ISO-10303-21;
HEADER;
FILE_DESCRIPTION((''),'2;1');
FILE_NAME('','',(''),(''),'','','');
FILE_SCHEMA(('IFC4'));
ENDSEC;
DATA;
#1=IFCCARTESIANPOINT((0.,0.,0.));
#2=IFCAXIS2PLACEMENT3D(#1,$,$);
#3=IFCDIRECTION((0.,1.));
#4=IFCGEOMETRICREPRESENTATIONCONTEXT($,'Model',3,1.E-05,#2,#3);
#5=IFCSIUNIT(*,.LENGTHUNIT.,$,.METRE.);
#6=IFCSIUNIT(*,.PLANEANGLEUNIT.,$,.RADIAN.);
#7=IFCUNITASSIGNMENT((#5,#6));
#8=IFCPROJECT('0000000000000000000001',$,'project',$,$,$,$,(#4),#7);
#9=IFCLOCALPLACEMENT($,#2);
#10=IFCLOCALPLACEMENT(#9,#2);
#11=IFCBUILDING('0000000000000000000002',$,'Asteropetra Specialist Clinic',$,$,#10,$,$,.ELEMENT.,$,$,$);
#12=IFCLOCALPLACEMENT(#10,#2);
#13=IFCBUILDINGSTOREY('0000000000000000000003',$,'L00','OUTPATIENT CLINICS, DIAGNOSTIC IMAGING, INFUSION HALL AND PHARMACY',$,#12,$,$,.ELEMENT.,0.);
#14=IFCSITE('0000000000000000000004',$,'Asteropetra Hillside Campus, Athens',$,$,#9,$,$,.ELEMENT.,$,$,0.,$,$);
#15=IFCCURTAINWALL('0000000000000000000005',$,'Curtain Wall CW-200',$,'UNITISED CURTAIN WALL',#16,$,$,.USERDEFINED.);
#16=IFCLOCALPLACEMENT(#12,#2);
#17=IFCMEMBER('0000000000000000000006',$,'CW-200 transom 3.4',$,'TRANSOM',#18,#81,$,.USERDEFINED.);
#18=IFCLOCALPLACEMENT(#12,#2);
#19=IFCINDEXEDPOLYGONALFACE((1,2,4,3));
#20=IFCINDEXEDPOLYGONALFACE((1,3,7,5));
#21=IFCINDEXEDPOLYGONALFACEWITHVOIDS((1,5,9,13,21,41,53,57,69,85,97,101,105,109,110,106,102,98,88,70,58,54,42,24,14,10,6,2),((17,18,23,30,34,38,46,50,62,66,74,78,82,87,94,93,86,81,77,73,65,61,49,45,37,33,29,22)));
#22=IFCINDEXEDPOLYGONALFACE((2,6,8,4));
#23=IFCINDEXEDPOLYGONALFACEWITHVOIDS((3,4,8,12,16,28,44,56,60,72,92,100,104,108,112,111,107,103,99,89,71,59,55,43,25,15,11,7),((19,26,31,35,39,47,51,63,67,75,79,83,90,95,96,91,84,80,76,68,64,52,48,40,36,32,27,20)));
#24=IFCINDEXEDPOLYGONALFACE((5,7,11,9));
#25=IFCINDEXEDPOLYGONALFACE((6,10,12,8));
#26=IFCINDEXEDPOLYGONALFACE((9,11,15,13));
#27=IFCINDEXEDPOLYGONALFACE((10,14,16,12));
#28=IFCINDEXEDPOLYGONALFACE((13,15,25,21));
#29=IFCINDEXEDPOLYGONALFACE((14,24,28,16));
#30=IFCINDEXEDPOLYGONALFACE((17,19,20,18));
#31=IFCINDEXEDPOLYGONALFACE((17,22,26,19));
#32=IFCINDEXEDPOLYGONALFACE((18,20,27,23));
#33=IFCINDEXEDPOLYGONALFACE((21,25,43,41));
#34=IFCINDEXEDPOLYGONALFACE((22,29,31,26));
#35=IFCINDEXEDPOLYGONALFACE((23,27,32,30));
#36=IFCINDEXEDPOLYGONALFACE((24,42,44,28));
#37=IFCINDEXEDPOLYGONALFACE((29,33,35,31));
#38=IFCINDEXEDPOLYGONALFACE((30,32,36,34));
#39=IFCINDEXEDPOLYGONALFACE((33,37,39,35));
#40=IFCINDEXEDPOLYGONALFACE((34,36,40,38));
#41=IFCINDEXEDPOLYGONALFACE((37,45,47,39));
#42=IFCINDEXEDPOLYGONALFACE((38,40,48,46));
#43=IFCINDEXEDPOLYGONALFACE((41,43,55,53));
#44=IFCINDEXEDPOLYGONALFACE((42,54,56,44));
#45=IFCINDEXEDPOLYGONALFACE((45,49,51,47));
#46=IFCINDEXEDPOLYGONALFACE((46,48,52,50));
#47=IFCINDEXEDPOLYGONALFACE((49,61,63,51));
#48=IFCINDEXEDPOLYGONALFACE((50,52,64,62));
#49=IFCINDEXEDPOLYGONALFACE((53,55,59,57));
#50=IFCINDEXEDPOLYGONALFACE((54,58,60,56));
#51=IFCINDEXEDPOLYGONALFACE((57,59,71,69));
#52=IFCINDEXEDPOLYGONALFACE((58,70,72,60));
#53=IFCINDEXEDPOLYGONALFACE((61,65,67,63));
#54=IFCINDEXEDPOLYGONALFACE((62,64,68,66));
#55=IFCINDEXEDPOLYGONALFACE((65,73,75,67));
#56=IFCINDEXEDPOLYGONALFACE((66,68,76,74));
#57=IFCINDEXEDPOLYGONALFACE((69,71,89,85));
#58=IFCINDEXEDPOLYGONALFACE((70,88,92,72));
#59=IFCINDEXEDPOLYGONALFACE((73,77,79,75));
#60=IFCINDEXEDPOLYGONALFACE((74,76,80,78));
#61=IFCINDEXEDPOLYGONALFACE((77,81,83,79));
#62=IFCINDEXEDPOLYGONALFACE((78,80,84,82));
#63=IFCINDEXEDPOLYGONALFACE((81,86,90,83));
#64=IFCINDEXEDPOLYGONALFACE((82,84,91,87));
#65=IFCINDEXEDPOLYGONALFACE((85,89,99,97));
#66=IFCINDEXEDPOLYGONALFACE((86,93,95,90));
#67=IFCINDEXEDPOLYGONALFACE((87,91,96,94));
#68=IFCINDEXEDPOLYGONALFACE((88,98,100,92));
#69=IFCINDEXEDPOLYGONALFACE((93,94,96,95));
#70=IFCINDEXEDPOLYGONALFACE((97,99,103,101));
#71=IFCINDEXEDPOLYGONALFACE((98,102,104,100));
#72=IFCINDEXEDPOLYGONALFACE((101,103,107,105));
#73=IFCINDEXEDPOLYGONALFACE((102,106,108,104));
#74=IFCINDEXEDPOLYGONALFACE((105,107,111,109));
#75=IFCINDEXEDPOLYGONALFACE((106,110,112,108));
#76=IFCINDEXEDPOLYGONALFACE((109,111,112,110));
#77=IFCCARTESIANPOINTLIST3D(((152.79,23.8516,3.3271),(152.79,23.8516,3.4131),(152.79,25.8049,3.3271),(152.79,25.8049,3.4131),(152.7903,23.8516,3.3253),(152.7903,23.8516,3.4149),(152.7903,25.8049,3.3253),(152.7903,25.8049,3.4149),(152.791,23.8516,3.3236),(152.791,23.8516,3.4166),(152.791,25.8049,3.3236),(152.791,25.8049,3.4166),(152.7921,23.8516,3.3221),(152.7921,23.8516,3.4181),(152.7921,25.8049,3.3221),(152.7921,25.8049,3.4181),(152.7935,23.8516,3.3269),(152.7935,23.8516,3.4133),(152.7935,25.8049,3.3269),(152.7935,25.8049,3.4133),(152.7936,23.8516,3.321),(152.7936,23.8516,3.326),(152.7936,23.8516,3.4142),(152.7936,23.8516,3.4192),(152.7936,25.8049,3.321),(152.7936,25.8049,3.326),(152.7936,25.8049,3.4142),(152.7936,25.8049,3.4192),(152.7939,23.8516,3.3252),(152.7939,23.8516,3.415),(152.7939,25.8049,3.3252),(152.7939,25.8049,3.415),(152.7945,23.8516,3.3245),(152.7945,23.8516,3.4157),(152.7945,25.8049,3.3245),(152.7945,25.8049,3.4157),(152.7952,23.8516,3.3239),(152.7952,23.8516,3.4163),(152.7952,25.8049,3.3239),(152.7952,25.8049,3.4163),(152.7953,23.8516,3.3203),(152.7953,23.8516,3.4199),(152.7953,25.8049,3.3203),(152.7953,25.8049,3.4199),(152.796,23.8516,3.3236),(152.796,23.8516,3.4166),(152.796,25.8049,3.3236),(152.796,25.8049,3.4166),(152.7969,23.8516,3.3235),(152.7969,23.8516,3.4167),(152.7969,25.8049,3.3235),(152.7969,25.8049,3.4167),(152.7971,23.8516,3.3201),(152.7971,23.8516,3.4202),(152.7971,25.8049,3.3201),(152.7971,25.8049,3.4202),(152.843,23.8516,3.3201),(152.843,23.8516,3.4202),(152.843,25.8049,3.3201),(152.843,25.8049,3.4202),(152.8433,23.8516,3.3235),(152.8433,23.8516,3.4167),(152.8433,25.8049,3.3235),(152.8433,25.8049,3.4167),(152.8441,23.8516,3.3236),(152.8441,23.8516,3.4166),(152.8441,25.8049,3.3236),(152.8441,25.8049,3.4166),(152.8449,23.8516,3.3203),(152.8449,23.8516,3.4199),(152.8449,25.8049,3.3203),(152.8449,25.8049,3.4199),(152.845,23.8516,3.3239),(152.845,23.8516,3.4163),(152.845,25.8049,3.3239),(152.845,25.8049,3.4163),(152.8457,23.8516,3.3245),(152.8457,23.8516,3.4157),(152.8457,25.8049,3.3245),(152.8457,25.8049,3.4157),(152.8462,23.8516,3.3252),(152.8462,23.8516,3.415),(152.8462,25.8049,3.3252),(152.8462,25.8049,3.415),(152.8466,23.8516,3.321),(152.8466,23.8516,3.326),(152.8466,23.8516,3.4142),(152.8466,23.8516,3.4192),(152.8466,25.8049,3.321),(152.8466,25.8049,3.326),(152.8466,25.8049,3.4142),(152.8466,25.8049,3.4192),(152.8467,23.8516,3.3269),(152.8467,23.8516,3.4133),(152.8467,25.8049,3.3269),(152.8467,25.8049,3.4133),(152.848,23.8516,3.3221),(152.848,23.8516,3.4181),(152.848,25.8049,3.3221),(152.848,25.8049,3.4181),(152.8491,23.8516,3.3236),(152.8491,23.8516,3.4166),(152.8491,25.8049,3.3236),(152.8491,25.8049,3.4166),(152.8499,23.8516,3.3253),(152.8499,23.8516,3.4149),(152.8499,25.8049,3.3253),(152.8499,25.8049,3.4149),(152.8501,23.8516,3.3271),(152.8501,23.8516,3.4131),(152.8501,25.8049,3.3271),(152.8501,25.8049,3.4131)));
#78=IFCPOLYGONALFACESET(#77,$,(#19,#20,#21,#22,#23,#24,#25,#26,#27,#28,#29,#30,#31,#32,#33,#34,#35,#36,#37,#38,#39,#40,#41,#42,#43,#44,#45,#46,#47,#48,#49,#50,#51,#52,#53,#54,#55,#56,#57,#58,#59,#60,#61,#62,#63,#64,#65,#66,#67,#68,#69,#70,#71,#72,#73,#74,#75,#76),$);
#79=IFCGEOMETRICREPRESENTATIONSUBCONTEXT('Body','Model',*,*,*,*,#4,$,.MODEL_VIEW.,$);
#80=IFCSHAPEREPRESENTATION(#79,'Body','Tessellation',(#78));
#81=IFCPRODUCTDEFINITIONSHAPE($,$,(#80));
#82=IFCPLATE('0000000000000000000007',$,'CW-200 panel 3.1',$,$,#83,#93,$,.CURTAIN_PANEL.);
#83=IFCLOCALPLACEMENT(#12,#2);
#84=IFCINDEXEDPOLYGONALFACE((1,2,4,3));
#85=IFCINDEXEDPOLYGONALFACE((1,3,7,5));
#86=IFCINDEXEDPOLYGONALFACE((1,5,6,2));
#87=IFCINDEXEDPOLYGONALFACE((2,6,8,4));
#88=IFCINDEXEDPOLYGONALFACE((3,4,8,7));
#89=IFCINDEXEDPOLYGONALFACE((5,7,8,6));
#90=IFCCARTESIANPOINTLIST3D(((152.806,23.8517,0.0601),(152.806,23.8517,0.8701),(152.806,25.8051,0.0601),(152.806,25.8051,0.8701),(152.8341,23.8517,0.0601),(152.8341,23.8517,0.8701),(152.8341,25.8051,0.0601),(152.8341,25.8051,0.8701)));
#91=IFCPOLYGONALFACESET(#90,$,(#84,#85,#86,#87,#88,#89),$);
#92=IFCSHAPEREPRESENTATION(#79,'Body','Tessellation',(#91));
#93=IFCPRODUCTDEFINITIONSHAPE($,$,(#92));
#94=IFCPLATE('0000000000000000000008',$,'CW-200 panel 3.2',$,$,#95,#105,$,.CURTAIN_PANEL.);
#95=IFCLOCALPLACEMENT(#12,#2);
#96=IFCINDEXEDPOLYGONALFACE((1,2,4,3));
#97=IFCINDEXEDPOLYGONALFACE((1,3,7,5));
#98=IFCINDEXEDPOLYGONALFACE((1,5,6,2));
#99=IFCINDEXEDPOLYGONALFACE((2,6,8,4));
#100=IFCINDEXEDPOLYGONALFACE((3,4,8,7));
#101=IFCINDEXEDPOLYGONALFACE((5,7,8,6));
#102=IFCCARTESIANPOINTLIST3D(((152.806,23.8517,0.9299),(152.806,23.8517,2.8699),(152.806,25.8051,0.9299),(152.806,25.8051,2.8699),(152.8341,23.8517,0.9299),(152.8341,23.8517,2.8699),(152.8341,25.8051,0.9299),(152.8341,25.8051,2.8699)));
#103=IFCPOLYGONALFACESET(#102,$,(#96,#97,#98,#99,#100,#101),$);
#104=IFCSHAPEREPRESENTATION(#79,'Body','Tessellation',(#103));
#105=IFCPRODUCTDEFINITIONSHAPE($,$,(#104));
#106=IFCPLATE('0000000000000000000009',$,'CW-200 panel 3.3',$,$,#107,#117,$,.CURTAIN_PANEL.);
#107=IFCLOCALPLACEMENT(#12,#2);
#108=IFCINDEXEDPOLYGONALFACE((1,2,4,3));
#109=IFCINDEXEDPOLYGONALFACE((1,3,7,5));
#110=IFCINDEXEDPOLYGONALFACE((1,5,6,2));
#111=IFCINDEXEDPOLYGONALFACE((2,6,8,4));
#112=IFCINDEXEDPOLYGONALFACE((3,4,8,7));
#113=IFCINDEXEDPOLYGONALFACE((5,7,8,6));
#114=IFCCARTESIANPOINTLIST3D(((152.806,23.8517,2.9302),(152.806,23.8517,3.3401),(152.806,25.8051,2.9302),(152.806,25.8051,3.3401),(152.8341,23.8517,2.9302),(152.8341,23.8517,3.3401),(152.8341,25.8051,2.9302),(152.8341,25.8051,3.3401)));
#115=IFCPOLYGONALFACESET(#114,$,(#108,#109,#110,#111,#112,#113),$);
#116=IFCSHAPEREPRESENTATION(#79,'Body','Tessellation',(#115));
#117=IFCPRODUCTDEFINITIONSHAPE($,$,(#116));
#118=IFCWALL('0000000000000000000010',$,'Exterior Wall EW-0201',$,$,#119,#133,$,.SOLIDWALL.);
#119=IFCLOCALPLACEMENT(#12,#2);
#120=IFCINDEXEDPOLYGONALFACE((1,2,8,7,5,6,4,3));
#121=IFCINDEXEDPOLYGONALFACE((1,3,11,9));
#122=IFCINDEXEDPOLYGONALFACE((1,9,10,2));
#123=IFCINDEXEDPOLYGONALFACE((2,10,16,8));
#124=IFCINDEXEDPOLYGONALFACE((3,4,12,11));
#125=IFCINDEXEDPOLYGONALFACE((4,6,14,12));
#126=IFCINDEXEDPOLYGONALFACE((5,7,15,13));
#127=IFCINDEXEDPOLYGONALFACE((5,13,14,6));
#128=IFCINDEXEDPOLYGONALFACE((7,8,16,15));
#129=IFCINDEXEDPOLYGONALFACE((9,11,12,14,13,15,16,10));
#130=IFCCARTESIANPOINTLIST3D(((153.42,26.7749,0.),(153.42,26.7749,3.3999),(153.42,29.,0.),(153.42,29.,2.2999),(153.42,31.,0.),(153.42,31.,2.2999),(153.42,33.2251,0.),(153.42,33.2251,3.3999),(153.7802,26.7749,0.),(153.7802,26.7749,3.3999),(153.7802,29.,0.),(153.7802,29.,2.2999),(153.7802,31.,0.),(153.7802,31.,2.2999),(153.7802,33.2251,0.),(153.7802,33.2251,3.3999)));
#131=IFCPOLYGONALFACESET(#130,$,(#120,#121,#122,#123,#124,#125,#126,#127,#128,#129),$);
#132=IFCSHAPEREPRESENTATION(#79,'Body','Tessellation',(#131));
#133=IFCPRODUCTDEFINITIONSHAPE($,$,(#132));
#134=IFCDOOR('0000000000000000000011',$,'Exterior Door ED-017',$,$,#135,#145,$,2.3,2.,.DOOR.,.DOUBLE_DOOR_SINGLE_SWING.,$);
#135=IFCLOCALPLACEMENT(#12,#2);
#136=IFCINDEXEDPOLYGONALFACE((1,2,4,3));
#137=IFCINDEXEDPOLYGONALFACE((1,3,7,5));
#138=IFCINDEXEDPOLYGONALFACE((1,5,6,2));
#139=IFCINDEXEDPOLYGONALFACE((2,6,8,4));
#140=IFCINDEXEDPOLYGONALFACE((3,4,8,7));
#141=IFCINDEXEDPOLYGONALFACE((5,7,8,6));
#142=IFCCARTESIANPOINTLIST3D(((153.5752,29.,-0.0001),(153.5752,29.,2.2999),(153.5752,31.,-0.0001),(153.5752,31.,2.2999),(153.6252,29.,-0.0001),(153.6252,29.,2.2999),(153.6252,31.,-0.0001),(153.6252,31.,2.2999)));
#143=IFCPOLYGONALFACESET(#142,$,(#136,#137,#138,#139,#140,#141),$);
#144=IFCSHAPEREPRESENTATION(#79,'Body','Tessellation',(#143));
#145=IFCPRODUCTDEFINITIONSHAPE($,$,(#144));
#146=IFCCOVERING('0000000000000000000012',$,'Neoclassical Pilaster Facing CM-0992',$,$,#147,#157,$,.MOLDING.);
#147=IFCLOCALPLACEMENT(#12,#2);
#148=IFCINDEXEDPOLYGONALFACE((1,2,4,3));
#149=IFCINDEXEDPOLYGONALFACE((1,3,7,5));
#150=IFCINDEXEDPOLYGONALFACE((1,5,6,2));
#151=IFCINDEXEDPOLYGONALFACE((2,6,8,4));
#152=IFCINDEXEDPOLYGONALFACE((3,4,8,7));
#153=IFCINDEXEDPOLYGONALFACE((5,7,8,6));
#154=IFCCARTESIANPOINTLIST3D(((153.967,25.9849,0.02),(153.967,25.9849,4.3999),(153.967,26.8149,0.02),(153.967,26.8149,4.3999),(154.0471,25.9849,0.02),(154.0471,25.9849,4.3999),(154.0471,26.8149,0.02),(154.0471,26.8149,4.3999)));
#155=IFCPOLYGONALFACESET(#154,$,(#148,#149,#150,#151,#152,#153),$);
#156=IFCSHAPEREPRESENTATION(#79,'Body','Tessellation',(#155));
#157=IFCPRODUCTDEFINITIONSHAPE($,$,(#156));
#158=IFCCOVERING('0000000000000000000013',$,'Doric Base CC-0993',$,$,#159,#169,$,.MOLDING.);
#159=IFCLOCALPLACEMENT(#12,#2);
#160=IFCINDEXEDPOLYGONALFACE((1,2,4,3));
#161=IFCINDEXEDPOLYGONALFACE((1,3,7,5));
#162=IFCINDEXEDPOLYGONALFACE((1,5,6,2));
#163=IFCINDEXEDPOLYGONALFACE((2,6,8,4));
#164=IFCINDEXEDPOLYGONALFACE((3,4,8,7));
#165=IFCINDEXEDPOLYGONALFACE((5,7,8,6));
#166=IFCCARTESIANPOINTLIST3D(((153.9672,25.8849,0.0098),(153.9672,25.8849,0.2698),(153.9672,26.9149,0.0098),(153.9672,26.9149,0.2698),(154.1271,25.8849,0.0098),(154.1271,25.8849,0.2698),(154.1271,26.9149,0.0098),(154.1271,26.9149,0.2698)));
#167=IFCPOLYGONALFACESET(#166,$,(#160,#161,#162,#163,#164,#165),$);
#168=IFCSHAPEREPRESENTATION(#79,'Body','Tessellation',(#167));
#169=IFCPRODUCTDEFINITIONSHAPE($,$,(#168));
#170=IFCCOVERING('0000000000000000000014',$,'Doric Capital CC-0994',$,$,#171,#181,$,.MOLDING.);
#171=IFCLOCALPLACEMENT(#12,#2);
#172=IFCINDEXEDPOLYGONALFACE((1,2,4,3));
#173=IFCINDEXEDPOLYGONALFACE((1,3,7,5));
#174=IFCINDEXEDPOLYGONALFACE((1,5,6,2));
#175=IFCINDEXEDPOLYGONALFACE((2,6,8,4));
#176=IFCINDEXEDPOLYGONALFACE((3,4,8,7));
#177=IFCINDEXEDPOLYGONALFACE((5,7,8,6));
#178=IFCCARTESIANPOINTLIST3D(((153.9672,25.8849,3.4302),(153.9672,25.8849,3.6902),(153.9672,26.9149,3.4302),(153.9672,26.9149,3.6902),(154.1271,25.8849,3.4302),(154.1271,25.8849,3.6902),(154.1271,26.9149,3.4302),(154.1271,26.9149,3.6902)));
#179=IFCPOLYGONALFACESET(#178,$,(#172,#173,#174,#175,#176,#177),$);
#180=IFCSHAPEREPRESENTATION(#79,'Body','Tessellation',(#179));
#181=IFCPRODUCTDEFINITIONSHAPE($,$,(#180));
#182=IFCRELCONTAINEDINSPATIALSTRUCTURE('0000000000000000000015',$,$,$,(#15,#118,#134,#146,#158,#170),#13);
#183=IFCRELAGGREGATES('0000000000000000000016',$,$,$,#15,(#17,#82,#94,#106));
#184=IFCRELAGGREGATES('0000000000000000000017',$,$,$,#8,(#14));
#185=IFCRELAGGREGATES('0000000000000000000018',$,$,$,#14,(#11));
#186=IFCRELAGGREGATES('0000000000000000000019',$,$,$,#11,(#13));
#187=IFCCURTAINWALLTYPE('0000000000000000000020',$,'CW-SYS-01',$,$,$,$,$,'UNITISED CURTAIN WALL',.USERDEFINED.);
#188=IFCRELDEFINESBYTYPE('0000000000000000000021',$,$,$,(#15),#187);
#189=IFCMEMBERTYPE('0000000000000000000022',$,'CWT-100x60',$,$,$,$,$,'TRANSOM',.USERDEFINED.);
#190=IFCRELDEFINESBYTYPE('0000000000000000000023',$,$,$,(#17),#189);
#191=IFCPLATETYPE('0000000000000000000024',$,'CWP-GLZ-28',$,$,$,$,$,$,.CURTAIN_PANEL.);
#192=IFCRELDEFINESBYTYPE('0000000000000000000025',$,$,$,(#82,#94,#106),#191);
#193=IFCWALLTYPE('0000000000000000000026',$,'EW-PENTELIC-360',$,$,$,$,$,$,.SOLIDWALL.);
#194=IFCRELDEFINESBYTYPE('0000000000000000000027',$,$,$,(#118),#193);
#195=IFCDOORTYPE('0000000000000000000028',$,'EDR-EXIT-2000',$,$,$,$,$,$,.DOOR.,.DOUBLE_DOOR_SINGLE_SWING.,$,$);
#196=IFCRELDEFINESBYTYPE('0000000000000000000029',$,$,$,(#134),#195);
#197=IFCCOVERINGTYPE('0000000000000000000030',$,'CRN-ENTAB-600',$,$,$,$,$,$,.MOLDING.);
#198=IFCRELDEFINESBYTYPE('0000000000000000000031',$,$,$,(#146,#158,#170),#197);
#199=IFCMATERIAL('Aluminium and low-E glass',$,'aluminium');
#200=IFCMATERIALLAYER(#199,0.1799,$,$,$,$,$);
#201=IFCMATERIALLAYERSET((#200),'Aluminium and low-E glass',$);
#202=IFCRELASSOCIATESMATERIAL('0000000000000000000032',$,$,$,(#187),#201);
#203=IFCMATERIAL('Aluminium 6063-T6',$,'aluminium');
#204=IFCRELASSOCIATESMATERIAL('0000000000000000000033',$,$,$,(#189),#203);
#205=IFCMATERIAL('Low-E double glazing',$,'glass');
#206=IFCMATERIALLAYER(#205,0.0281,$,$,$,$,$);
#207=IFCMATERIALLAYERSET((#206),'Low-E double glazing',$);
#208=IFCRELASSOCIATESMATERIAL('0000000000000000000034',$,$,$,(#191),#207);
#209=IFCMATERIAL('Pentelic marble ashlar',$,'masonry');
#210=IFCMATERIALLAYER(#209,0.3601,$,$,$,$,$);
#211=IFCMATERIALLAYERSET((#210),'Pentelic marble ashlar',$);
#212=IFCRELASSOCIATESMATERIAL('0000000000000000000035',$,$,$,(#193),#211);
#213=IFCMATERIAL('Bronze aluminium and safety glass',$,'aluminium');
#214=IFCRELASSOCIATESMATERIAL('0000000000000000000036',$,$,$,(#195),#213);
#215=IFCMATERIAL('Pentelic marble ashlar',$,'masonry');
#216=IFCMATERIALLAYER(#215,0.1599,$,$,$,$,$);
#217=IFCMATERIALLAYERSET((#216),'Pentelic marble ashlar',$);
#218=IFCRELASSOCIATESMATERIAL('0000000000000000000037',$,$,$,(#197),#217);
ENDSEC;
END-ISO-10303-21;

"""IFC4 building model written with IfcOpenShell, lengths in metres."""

from ifc_helpers import new_model, si_unit, direction, frame, frame_2d, origin, origin_2d, place, context, subcontext, project, spatial, rectangle, hollow_rectangle, extrude, material, layer, layer_set, material_profile, profile_set, type_object, element, fill, aggregate, save


model = new_model("IFC4")

# Units and contexts
model_context = context("Model", 3, precision=1e-05, world=origin(), true_north=direction((0.0, 1.0)))
body_context = subcontext(model_context, "Body", "Model", "MODEL_VIEW")
ifc_project = project(units=[si_unit("LENGTHUNIT", "METRE"), si_unit("PLANEANGLEUNIT", "RADIAN")], contexts=[model_context])

# Site, building, storey
site_placement = place(None, origin())
site = spatial("IfcSite", under=ifc_project, at=site_placement, Name="Asteropetra Hillside Campus, Athens", CompositionType="ELEMENT", RefElevation=0.0)
building_placement = place(site_placement, origin())
building = spatial("IfcBuilding", under=site, at=building_placement, Name="Asteropetra Specialist Clinic", CompositionType="ELEMENT")
storey_placement = place(building_placement, origin())
storey = spatial("IfcBuildingStorey", under=building, at=storey_placement, Name="L00", Description="OUTPATIENT CLINICS, DIAGNOSTIC IMAGING, INFUSION HALL AND PHARMACY", CompositionType="ELEMENT", Elevation=0.0)

# Curtain wall, member, plates
ifc_material_1 = material(Name="Aluminium and low-E glass", Category="aluminium")
ifc_layer_1 = layer(ifc_material_1, 0.1799)
ifc_layer_set_1 = layer_set([ifc_layer_1], Name="Aluminium and low-E glass")
curtain_wall_type = type_object("IfcCurtainWallType", Name="CW-SYS-01", ElementType="UNITISED CURTAIN WALL", PredefinedType="USERDEFINED", material=ifc_layer_set_1)
curtain_wall_placement = place(storey_placement, origin())
curtain_wall = element("IfcCurtainWall", 1, at=curtain_wall_placement, inside=storey, type_object=curtain_wall_type, Name="Curtain Wall CW-200", ObjectType="UNITISED CURTAIN WALL", PredefinedType="USERDEFINED")
ifc_material_2 = material(Name="Aluminium 6063-T6", Category="aluminium")
ifc_material_profile_1 = material_profile(ifc_material_2, hollow_rectangle(XDim=0.0601, YDim=0.1001, WallThickness=0.0034, InnerFilletRadius=0.0034, OuterFilletRadius=0.0071, at=origin_2d()), Name="TRN 100x60x3.5")
ifc_profile_set_1 = profile_set([ifc_material_profile_1], Name="Aluminium 6063-T6")
member_type_1 = type_object("IfcMemberType", Name="CWT-100x60", ElementType="TRANSOM", PredefinedType="USERDEFINED", material=ifc_profile_set_1)
member_1_placement = place(storey_placement, frame((152.8201, 23.8516, 3.3701), z_axis=(0.0, 1.0, 0.0), x_axis=(-1.0, 0.0, 0.0)))
member_1 = element("IfcMember", 2, at=member_1_placement, type_object=member_type_1, Name="CW-200 transom 3.4", ObjectType="TRANSOM", PredefinedType="USERDEFINED", context=body_context, shape_type="SweptSolid", body=[
    extrude(hollow_rectangle(XDim=0.0601, YDim=0.1001, WallThickness=0.0034, InnerFilletRadius=0.0034, OuterFilletRadius=0.0071, at=origin_2d()), origin(), (0.0, 0.0, 1.0), 1.9534),
])
ifc_material_3 = material(Name="Low-E double glazing", Category="glass")
ifc_layer_2 = layer(ifc_material_3, 0.0281)
ifc_layer_set_2 = layer_set([ifc_layer_2], Name="Low-E double glazing")
plate_type = type_object("IfcPlateType", Name="CWP-GLZ-28", PredefinedType="CURTAIN_PANEL", material=ifc_layer_set_2)
plate_1_placement = place(storey_placement, frame((152.8201, 24.8284, 0.0601), z_axis=(0.0, 0.0, 1.0), x_axis=(0.0, 1.0, 0.0)))
plate_1 = element("IfcPlate", 3, at=plate_1_placement, type_object=plate_type, Name="CW-200 panel 3.1", PredefinedType="CURTAIN_PANEL", context=body_context, shape_type="SweptSolid", body=[
    extrude(rectangle(XDim=1.9534, YDim=0.0281, at=origin_2d()), origin(), (0.0, 0.0, 1.0), 0.8101),
])
plate_2_placement = place(storey_placement, frame((152.8201, 24.8284, 0.9299), z_axis=(0.0, 0.0, 1.0), x_axis=(0.0, 1.0, 0.0)))
plate_2 = element("IfcPlate", 4, at=plate_2_placement, type_object=plate_type, Name="CW-200 panel 3.2", PredefinedType="CURTAIN_PANEL", context=body_context, shape_type="SweptSolid", body=[
    extrude(rectangle(XDim=1.9534, YDim=0.0281, at=origin_2d()), origin(), (0.0, 0.0, 1.0), 1.9399),
])
plate_3_placement = place(storey_placement, frame((152.8201, 24.8284, 2.9302), z_axis=(0.0, 0.0, 1.0), x_axis=(0.0, 1.0, 0.0)))
plate_3 = element("IfcPlate", 5, at=plate_3_placement, type_object=plate_type, Name="CW-200 panel 3.3", PredefinedType="CURTAIN_PANEL", context=body_context, shape_type="SweptSolid", body=[
    extrude(rectangle(XDim=1.9534, YDim=0.0281, at=origin_2d()), origin(), (0.0, 0.0, 1.0), 0.4099),
])
aggregate(curtain_wall, [member_1, plate_1, plate_2, plate_3])

# Wall, opening, door
ifc_material_4 = material(Name="Pentelic marble ashlar", Category="masonry")
ifc_layer_3 = layer(ifc_material_4, 0.3601)
ifc_layer_set_3 = layer_set([ifc_layer_3], Name="Pentelic marble ashlar")
wall_type = type_object("IfcWallType", Name="EW-PENTELIC-360", PredefinedType="SOLIDWALL", material=ifc_layer_set_3)
wall_placement = place(storey_placement, frame((153.6001, 26.7749, 0.0), z_axis=(0.0, 0.0, 1.0), x_axis=(0.0, 1.0, 0.0)))
wall = element("IfcWall", 6, at=wall_placement, inside=storey, type_object=wall_type, Name="Exterior Wall EW-0201", PredefinedType="SOLIDWALL", context=body_context, shape_type="SweptSolid", body=[
    extrude(rectangle(XDim=6.4502, YDim=0.3601, at=frame_2d((3.2251, 0.0))), origin(), (0.0, 0.0, 1.0), 3.3999),
])
opening_placement = place(wall_placement, frame((2.2251, 0.0, 0.0)))
opening = element("IfcOpeningElement", 7, at=opening_placement, cuts=wall, PredefinedType="OPENING", context=body_context, shape_type="SweptSolid", body=[
    extrude(rectangle(XDim=2.0, YDim=2.3, at=frame_2d((1.0, 1.1499))), frame((0.0, 0.1899, 0.0), z_axis=(0.0, -1.0, 0.0), x_axis=(1.0, 0.0, 0.0)), (0.0, 0.0, 1.0), 0.3801),
])
ifc_material_5 = material(Name="Bronze aluminium and safety glass", Category="aluminium")
door_type = type_object("IfcDoorType", Name="EDR-EXIT-2000", OperationType="DOUBLE_DOOR_SINGLE_SWING", PredefinedType="DOOR", material=ifc_material_5)
door_placement = place(opening_placement, origin())
door = element("IfcDoor", 8, at=door_placement, inside=storey, type_object=door_type, Name="Exterior Door ED-017", OperationType="DOUBLE_DOOR_SINGLE_SWING", OverallHeight=2.3, OverallWidth=2.0, PredefinedType="DOOR", context=body_context, shape_type="SweptSolid", body=[
    extrude(rectangle(XDim=2.0, YDim=2.3, at=frame_2d((1.0, 1.1499))), frame((0.0, 0.0249, 0.0), z_axis=(0.0, -1.0, 0.0), x_axis=(1.0, 0.0, 0.0)), (0.0, 0.0, 1.0), 0.05),
])
fill(opening, door)

# Coverings
ifc_material_6 = material(Name="Pentelic marble ashlar", Category="masonry")
ifc_layer_4 = layer(ifc_material_6, 0.1599)
ifc_layer_set_4 = layer_set([ifc_layer_4], Name="Pentelic marble ashlar")
covering_type = type_object("IfcCoveringType", Name="CRN-ENTAB-600", PredefinedType="MOLDING", material=ifc_layer_set_4)
covering_1_placement = place(storey_placement, frame((154.0071, 26.3999, 0.02), z_axis=(0.0, 0.0, 1.0), x_axis=(1.0, 0.0, 0.0)))
element("IfcCovering", 9, at=covering_1_placement, inside=storey, type_object=covering_type, Name="Neoclassical Pilaster Facing CM-0992", PredefinedType="MOLDING", context=body_context, shape_type="SweptSolid", body=[
    extrude(rectangle(XDim=0.0801, YDim=0.8301, at=origin_2d()), origin(), (0.0, 0.0, 1.0), 4.3799),
])
for number, where, z_axis, x_axis, name in (
    (10, (154.0471, 26.3999, 0.0098), (0.0, 0.0, 1.0), (1.0, 0.0, 0.0), "Doric Base CC-0993"),
    (11, (154.0471, 26.3999, 3.4302), (0.0, 0.0, 1.0), (1.0, 0.0, 0.0), "Doric Capital CC-0994"),
):
    element("IfcCovering", number, at=place(storey_placement, frame(where, z_axis=z_axis, x_axis=x_axis)), inside=storey, type_object=covering_type, Name=name, PredefinedType="MOLDING", context=body_context, shape_type="SweptSolid", body=[
        extrude(rectangle(XDim=0.1599, YDim=1.03, at=origin_2d()), origin(), (0.0, 0.0, 1.0), 0.26),
    ])

save(model, "model.ifc")
